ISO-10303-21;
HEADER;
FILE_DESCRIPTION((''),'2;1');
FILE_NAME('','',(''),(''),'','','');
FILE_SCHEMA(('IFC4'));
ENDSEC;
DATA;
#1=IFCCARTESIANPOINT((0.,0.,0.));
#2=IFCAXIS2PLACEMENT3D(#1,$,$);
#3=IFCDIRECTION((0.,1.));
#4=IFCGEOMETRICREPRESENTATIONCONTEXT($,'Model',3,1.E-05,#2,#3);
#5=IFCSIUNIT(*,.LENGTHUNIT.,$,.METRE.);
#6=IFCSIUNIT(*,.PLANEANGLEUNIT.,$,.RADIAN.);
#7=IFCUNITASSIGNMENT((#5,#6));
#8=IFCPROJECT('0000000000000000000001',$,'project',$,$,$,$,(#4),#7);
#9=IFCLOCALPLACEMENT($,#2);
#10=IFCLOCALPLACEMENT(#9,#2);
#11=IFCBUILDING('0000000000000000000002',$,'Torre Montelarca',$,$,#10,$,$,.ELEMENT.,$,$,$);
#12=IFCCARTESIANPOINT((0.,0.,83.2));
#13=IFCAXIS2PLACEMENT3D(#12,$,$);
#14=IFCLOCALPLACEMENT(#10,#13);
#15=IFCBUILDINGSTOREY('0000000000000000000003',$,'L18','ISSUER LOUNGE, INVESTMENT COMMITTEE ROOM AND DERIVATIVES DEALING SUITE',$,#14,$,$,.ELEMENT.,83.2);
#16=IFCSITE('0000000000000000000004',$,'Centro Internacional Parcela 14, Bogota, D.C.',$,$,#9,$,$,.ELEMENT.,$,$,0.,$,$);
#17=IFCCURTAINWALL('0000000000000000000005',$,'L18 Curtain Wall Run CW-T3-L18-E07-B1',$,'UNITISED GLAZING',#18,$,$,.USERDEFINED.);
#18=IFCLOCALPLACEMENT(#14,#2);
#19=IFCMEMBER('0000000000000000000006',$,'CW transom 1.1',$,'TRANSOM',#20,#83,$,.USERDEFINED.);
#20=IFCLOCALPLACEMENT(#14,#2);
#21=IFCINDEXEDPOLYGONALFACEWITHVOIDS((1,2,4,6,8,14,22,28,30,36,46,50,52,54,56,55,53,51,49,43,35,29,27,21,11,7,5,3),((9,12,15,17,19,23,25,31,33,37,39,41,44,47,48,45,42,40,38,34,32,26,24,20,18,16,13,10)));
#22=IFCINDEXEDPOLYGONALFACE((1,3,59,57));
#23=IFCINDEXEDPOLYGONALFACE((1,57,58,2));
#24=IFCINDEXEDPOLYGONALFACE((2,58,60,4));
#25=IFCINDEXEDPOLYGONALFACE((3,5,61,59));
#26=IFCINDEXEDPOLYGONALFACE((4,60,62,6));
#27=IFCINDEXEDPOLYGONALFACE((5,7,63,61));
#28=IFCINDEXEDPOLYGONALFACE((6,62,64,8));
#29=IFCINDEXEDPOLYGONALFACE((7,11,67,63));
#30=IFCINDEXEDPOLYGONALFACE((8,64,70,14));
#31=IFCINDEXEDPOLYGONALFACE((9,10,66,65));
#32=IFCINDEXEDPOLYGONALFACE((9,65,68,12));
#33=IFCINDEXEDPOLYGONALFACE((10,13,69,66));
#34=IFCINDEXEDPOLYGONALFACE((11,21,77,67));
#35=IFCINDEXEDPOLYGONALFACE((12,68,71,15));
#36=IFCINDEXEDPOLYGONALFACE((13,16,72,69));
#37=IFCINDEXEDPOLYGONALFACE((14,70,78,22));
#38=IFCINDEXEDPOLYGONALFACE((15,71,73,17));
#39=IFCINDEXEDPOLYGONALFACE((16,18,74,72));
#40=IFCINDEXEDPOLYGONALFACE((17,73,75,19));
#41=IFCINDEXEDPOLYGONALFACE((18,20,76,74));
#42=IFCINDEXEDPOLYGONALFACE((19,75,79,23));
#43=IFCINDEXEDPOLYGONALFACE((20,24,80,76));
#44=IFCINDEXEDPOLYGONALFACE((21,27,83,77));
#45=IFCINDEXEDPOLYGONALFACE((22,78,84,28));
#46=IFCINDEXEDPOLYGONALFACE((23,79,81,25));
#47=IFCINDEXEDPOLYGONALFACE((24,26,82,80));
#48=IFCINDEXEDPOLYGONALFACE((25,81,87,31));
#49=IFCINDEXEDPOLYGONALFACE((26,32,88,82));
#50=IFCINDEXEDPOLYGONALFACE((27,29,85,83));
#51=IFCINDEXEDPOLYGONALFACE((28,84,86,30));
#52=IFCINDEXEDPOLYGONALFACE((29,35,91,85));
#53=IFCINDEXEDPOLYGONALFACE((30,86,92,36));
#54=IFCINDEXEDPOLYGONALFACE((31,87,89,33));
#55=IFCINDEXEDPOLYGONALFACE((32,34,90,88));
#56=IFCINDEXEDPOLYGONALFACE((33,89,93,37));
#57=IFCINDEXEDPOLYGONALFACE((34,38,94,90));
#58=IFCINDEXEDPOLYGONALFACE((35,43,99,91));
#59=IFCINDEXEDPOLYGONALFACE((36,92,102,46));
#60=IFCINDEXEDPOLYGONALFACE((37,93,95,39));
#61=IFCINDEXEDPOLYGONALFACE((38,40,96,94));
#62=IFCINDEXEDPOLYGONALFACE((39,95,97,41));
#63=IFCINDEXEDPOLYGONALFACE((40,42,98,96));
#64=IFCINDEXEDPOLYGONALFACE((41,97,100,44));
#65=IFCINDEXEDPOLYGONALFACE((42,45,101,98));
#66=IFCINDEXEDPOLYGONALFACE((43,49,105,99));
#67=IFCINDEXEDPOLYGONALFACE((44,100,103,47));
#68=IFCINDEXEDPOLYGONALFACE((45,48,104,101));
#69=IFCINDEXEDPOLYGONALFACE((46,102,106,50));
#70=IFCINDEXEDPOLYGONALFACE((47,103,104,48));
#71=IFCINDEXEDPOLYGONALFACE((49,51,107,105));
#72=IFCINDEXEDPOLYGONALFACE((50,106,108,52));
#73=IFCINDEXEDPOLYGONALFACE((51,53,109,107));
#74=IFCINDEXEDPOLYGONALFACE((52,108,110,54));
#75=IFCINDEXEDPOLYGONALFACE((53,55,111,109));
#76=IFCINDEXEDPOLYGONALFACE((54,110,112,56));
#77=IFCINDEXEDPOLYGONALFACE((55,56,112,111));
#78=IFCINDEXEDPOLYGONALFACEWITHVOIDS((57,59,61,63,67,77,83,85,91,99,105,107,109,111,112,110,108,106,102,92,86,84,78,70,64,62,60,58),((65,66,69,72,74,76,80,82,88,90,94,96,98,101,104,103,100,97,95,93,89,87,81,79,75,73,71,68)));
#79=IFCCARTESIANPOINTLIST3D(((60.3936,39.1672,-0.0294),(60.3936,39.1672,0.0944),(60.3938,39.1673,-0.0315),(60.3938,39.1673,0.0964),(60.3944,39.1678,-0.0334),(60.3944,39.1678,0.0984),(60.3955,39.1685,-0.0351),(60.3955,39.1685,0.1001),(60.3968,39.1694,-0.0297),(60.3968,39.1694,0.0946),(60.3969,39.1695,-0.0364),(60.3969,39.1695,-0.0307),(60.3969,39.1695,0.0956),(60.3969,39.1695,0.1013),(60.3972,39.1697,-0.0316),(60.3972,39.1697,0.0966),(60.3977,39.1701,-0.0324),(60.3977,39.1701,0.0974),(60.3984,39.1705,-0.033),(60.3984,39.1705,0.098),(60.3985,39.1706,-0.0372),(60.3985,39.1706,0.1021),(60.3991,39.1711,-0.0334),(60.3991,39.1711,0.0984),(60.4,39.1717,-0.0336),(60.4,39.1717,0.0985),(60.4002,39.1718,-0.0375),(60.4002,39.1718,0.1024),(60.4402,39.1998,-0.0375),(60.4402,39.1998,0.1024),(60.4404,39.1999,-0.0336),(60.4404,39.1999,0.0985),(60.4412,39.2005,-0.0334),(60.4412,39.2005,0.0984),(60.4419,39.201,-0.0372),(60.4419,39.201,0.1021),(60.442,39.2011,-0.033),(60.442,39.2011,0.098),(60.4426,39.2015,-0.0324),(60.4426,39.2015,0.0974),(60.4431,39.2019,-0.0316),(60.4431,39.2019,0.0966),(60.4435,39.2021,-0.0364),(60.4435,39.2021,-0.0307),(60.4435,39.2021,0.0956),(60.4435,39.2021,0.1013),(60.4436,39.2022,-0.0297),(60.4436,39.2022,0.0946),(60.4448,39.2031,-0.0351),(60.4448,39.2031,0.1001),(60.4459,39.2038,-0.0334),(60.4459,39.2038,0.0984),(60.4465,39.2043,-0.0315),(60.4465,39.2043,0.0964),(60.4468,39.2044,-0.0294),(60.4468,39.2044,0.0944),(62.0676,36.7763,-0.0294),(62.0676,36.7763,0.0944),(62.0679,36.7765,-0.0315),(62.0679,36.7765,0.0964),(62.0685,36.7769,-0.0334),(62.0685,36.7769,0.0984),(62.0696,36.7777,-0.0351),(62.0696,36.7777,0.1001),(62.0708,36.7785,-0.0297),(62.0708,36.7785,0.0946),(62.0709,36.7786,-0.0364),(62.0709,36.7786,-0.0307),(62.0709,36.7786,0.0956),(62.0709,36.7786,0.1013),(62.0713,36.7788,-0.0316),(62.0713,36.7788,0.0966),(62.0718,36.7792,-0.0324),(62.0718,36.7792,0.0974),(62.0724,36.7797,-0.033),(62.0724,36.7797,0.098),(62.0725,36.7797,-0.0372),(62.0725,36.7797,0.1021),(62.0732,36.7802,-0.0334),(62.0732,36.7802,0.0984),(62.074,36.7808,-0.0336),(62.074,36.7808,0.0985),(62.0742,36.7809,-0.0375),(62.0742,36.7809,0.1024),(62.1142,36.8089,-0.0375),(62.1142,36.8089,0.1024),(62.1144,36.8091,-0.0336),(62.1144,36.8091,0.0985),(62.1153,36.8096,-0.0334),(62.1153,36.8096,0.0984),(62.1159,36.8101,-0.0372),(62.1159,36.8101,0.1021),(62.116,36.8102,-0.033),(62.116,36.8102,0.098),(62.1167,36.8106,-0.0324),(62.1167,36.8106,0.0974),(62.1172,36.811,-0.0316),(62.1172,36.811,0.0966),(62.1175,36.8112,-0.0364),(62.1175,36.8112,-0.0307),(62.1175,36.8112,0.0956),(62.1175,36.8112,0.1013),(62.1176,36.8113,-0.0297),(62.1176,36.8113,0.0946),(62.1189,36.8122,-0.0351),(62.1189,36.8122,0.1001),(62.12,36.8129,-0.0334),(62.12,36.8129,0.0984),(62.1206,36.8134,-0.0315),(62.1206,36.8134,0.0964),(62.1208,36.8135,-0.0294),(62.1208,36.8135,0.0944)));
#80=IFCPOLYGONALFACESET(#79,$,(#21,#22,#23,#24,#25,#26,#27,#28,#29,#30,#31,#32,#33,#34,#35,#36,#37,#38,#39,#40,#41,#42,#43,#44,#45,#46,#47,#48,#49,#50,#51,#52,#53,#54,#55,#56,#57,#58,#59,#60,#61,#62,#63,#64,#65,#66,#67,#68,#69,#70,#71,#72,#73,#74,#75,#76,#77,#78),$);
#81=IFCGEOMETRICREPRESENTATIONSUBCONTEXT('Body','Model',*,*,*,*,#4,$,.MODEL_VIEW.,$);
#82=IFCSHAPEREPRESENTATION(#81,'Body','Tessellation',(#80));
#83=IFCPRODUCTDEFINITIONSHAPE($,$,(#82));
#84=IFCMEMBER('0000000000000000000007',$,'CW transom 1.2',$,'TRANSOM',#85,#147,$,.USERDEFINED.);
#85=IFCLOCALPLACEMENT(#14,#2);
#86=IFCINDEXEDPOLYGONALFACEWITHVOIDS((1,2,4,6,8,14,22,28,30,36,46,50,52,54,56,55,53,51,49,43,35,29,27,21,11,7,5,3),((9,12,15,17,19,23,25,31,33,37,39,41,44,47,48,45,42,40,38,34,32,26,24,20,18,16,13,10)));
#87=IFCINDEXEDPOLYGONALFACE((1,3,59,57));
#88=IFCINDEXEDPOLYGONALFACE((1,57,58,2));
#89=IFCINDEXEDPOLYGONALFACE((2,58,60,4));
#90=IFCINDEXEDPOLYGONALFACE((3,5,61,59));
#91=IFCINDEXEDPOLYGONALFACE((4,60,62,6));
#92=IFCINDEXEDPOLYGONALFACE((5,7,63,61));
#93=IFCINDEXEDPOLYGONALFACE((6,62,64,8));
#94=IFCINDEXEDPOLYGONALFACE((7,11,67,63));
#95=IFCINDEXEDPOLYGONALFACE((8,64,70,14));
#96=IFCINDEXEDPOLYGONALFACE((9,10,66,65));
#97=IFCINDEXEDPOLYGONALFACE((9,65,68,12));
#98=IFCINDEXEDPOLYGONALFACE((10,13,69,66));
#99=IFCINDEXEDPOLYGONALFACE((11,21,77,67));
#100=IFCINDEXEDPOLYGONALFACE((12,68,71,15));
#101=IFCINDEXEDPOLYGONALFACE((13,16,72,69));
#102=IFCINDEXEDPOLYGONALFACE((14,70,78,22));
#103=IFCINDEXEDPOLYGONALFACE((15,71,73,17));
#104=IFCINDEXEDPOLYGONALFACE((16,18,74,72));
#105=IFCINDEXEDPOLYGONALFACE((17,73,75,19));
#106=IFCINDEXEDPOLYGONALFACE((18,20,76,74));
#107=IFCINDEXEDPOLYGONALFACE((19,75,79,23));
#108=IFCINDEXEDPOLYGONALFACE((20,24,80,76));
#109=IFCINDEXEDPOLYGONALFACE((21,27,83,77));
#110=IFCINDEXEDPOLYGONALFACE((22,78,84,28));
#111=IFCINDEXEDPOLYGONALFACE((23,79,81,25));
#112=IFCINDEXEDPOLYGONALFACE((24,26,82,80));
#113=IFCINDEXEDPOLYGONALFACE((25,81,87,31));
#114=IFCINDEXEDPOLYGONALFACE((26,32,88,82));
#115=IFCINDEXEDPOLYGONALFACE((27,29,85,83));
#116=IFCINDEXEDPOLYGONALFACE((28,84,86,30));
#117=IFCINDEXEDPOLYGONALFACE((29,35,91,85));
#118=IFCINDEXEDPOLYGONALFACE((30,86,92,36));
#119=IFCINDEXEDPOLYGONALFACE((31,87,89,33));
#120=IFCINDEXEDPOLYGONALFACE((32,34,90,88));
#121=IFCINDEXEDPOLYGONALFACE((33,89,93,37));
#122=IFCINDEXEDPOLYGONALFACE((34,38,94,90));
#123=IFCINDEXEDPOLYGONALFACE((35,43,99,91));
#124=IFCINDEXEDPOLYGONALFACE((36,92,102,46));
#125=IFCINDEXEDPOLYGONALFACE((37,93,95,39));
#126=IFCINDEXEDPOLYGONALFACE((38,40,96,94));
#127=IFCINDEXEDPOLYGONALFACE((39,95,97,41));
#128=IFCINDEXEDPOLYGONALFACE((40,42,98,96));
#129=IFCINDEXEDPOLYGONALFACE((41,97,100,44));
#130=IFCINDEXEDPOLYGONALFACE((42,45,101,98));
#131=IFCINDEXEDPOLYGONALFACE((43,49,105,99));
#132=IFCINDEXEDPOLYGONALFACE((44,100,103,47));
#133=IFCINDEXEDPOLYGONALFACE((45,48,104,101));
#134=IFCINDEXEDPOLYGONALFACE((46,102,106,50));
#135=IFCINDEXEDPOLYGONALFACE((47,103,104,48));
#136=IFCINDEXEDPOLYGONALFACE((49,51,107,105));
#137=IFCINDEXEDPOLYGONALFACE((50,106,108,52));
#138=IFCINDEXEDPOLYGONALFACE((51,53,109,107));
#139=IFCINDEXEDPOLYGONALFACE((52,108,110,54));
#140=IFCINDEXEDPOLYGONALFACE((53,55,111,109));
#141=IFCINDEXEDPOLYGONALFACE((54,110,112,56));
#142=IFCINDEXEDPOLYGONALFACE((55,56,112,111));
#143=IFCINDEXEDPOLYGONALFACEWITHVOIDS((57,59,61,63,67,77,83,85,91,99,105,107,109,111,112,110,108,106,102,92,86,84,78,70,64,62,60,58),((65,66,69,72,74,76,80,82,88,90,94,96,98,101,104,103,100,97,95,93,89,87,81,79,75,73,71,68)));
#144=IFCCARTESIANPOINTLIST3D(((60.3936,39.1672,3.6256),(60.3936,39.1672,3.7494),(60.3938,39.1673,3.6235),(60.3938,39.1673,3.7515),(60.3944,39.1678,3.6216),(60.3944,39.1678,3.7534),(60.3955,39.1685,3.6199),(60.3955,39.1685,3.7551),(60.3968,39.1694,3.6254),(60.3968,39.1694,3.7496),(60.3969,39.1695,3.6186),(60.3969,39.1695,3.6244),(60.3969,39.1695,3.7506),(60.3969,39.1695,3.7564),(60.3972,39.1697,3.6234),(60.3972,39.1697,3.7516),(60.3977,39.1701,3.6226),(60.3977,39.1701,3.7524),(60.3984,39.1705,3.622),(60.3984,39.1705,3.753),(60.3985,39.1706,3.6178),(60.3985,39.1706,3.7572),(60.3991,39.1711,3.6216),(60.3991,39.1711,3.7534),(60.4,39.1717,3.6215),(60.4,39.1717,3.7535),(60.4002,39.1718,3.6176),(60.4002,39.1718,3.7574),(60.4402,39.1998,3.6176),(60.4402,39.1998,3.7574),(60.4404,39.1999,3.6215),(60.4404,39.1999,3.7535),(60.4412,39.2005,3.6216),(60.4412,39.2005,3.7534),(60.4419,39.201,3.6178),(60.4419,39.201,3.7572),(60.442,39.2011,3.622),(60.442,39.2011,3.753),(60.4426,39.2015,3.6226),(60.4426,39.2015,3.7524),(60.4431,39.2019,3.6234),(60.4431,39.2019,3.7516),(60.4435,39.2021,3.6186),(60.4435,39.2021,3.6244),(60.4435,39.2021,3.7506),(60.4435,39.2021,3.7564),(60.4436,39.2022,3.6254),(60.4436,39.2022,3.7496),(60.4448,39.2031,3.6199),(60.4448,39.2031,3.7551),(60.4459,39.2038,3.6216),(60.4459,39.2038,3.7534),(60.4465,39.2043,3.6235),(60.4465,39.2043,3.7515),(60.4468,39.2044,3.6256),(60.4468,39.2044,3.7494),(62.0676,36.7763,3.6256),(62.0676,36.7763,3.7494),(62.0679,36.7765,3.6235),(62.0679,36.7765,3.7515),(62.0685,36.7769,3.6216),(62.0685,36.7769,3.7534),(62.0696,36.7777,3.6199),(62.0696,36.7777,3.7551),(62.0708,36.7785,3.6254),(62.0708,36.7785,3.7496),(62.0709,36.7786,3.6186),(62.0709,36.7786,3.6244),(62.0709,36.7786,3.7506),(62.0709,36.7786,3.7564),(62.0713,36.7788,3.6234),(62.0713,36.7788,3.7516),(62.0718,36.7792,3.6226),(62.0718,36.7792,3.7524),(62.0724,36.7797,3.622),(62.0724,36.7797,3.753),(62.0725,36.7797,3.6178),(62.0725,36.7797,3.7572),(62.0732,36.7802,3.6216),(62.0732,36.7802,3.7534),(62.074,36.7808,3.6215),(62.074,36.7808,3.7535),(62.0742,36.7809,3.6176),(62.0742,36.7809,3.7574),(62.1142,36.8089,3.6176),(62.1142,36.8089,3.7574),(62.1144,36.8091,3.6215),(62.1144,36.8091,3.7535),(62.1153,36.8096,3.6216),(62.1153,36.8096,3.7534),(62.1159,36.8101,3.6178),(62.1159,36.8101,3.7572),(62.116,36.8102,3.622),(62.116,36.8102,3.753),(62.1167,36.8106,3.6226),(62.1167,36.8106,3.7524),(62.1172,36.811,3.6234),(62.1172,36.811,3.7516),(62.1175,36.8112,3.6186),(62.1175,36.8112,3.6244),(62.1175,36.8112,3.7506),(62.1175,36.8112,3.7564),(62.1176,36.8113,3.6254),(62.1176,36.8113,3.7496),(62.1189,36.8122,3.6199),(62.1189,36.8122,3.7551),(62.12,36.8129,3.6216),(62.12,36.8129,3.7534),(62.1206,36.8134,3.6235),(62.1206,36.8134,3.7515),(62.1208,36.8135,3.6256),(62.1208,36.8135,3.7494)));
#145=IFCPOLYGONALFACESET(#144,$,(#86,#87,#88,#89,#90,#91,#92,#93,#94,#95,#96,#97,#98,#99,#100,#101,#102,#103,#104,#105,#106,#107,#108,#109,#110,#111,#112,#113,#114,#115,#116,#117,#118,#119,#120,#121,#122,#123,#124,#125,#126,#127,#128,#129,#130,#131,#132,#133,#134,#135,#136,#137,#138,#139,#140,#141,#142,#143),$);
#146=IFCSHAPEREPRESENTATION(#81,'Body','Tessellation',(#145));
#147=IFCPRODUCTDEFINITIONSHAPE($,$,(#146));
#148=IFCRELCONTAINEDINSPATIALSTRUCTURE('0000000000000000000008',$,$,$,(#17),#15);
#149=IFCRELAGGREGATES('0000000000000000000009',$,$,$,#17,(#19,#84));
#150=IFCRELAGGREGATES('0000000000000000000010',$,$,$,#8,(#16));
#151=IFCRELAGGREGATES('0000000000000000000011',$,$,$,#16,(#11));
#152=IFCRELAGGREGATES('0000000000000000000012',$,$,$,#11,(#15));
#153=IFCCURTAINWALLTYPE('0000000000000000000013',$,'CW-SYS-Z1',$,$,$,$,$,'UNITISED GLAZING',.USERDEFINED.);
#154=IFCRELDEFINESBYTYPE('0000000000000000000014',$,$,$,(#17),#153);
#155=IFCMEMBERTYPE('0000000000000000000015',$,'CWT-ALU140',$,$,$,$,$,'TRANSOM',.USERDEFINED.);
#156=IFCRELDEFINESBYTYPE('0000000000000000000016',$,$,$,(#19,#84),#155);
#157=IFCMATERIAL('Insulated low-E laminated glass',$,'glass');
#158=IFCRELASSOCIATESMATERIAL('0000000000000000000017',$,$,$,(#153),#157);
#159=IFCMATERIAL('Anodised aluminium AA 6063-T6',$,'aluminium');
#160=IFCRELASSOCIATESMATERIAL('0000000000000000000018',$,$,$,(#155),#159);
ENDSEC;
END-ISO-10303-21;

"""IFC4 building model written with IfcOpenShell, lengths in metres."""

from ifc_helpers import new_model, si_unit, direction, frame, origin, origin_2d, place, context, subcontext, project, spatial, hollow_rectangle, extrude, source, transform, mapped, material, material_profile, profile_set, type_object, element, aggregate, save


model = new_model("IFC4")

# Units and contexts
model_context = context("Model", 3, precision=1e-05, world=origin(), true_north=direction((0.0, 1.0)))
body_context = subcontext(model_context, "Body", "Model", "MODEL_VIEW")
ifc_project = project(units=[si_unit("LENGTHUNIT", "METRE"), si_unit("PLANEANGLEUNIT", "RADIAN")], contexts=[model_context])

# Site, building, storey
site_placement = place(None, origin())
site = spatial("IfcSite", under=ifc_project, at=site_placement, Name="Centro Internacional Parcela 14, Bogota, D.C.", CompositionType="ELEMENT", RefElevation=0.0)
building_placement = place(site_placement, origin())
building = spatial("IfcBuilding", under=site, at=building_placement, Name="Torre Montelarca", CompositionType="ELEMENT")
storey_placement = place(building_placement, frame((0.0, 0.0, 83.2)))
storey = spatial("IfcBuildingStorey", under=building, at=storey_placement, Name="L18", Description="ISSUER LOUNGE, INVESTMENT COMMITTEE ROOM AND DERIVATIVES DEALING SUITE", CompositionType="ELEMENT", Elevation=83.2)

# Curtain wall, members
ifc_material_1 = material(Name="Insulated low-E laminated glass", Category="glass")
curtain_wall_type = type_object("IfcCurtainWallType", Name="CW-SYS-Z1", ElementType="UNITISED GLAZING", PredefinedType="USERDEFINED", material=ifc_material_1)
curtain_wall_1_placement = place(storey_placement, origin())
curtain_wall_1 = element("IfcCurtainWall", 1, at=curtain_wall_1_placement, inside=storey, type_object=curtain_wall_type, Name="L18 Curtain Wall Run CW-T3-L18-E07-B1", ObjectType="UNITISED GLAZING", PredefinedType="USERDEFINED")
ifc_material_2 = material(Name="Anodised aluminium AA 6063-T6", Category="aluminium")
ifc_material_profile_1 = material_profile(ifc_material_2, hollow_rectangle(XDim=0.0649, YDim=0.1399, WallThickness=0.0039, InnerFilletRadius=0.0039, OuterFilletRadius=0.0081, at=origin_2d()), Name="ALU65X140X4", Category="aluminium")
ifc_profile_set_1 = profile_set([ifc_material_profile_1], Name="Anodised aluminium AA 6063-T6")
member_type_1 = type_object("IfcMemberType", Name="CWT-ALU140", ElementType="TRANSOM", PredefinedType="USERDEFINED", material=ifc_profile_set_1)
shared_shape_1 = source(origin(), body_context, "Body", "SweptSolid", [
    extrude(hollow_rectangle(XDim=0.0649, YDim=0.1399, WallThickness=0.0039, InnerFilletRadius=0.0039, OuterFilletRadius=0.0081, at=origin_2d()), origin(), (0.0, 0.0, 1.0), 2.9187),
])
member_1_placement = place(storey_placement, frame((62.0942, 36.7949, 0.0325), z_axis=(-0.573569, 0.819157, 0.0), x_axis=(-0.819157, -0.573569, 0.0)))
member_1 = element("IfcMember", 2, at=member_1_placement, type_object=member_type_1, Name="CW transom 1.1", ObjectType="TRANSOM", PredefinedType="USERDEFINED", context=body_context, shape_type="MappedRepresentation", body=[
    mapped(shared_shape_1, transform((0.0, 0.0, 0.0), scale=1.0)),
])
member_2_placement = place(storey_placement, frame((62.0942, 36.7949, 3.6875), z_axis=(-0.573569, 0.819157, 0.0), x_axis=(-0.819157, -0.573569, 0.0)))
member_2 = element("IfcMember", 3, at=member_2_placement, type_object=member_type_1, Name="CW transom 1.2", ObjectType="TRANSOM", PredefinedType="USERDEFINED", context=body_context, shape_type="MappedRepresentation", body=[
    mapped(shared_shape_1, transform((0.0, 0.0, 0.0), scale=1.0)),
])

aggregate(curtain_wall_1, [member_1, member_2])

save(model, "model.ifc")
